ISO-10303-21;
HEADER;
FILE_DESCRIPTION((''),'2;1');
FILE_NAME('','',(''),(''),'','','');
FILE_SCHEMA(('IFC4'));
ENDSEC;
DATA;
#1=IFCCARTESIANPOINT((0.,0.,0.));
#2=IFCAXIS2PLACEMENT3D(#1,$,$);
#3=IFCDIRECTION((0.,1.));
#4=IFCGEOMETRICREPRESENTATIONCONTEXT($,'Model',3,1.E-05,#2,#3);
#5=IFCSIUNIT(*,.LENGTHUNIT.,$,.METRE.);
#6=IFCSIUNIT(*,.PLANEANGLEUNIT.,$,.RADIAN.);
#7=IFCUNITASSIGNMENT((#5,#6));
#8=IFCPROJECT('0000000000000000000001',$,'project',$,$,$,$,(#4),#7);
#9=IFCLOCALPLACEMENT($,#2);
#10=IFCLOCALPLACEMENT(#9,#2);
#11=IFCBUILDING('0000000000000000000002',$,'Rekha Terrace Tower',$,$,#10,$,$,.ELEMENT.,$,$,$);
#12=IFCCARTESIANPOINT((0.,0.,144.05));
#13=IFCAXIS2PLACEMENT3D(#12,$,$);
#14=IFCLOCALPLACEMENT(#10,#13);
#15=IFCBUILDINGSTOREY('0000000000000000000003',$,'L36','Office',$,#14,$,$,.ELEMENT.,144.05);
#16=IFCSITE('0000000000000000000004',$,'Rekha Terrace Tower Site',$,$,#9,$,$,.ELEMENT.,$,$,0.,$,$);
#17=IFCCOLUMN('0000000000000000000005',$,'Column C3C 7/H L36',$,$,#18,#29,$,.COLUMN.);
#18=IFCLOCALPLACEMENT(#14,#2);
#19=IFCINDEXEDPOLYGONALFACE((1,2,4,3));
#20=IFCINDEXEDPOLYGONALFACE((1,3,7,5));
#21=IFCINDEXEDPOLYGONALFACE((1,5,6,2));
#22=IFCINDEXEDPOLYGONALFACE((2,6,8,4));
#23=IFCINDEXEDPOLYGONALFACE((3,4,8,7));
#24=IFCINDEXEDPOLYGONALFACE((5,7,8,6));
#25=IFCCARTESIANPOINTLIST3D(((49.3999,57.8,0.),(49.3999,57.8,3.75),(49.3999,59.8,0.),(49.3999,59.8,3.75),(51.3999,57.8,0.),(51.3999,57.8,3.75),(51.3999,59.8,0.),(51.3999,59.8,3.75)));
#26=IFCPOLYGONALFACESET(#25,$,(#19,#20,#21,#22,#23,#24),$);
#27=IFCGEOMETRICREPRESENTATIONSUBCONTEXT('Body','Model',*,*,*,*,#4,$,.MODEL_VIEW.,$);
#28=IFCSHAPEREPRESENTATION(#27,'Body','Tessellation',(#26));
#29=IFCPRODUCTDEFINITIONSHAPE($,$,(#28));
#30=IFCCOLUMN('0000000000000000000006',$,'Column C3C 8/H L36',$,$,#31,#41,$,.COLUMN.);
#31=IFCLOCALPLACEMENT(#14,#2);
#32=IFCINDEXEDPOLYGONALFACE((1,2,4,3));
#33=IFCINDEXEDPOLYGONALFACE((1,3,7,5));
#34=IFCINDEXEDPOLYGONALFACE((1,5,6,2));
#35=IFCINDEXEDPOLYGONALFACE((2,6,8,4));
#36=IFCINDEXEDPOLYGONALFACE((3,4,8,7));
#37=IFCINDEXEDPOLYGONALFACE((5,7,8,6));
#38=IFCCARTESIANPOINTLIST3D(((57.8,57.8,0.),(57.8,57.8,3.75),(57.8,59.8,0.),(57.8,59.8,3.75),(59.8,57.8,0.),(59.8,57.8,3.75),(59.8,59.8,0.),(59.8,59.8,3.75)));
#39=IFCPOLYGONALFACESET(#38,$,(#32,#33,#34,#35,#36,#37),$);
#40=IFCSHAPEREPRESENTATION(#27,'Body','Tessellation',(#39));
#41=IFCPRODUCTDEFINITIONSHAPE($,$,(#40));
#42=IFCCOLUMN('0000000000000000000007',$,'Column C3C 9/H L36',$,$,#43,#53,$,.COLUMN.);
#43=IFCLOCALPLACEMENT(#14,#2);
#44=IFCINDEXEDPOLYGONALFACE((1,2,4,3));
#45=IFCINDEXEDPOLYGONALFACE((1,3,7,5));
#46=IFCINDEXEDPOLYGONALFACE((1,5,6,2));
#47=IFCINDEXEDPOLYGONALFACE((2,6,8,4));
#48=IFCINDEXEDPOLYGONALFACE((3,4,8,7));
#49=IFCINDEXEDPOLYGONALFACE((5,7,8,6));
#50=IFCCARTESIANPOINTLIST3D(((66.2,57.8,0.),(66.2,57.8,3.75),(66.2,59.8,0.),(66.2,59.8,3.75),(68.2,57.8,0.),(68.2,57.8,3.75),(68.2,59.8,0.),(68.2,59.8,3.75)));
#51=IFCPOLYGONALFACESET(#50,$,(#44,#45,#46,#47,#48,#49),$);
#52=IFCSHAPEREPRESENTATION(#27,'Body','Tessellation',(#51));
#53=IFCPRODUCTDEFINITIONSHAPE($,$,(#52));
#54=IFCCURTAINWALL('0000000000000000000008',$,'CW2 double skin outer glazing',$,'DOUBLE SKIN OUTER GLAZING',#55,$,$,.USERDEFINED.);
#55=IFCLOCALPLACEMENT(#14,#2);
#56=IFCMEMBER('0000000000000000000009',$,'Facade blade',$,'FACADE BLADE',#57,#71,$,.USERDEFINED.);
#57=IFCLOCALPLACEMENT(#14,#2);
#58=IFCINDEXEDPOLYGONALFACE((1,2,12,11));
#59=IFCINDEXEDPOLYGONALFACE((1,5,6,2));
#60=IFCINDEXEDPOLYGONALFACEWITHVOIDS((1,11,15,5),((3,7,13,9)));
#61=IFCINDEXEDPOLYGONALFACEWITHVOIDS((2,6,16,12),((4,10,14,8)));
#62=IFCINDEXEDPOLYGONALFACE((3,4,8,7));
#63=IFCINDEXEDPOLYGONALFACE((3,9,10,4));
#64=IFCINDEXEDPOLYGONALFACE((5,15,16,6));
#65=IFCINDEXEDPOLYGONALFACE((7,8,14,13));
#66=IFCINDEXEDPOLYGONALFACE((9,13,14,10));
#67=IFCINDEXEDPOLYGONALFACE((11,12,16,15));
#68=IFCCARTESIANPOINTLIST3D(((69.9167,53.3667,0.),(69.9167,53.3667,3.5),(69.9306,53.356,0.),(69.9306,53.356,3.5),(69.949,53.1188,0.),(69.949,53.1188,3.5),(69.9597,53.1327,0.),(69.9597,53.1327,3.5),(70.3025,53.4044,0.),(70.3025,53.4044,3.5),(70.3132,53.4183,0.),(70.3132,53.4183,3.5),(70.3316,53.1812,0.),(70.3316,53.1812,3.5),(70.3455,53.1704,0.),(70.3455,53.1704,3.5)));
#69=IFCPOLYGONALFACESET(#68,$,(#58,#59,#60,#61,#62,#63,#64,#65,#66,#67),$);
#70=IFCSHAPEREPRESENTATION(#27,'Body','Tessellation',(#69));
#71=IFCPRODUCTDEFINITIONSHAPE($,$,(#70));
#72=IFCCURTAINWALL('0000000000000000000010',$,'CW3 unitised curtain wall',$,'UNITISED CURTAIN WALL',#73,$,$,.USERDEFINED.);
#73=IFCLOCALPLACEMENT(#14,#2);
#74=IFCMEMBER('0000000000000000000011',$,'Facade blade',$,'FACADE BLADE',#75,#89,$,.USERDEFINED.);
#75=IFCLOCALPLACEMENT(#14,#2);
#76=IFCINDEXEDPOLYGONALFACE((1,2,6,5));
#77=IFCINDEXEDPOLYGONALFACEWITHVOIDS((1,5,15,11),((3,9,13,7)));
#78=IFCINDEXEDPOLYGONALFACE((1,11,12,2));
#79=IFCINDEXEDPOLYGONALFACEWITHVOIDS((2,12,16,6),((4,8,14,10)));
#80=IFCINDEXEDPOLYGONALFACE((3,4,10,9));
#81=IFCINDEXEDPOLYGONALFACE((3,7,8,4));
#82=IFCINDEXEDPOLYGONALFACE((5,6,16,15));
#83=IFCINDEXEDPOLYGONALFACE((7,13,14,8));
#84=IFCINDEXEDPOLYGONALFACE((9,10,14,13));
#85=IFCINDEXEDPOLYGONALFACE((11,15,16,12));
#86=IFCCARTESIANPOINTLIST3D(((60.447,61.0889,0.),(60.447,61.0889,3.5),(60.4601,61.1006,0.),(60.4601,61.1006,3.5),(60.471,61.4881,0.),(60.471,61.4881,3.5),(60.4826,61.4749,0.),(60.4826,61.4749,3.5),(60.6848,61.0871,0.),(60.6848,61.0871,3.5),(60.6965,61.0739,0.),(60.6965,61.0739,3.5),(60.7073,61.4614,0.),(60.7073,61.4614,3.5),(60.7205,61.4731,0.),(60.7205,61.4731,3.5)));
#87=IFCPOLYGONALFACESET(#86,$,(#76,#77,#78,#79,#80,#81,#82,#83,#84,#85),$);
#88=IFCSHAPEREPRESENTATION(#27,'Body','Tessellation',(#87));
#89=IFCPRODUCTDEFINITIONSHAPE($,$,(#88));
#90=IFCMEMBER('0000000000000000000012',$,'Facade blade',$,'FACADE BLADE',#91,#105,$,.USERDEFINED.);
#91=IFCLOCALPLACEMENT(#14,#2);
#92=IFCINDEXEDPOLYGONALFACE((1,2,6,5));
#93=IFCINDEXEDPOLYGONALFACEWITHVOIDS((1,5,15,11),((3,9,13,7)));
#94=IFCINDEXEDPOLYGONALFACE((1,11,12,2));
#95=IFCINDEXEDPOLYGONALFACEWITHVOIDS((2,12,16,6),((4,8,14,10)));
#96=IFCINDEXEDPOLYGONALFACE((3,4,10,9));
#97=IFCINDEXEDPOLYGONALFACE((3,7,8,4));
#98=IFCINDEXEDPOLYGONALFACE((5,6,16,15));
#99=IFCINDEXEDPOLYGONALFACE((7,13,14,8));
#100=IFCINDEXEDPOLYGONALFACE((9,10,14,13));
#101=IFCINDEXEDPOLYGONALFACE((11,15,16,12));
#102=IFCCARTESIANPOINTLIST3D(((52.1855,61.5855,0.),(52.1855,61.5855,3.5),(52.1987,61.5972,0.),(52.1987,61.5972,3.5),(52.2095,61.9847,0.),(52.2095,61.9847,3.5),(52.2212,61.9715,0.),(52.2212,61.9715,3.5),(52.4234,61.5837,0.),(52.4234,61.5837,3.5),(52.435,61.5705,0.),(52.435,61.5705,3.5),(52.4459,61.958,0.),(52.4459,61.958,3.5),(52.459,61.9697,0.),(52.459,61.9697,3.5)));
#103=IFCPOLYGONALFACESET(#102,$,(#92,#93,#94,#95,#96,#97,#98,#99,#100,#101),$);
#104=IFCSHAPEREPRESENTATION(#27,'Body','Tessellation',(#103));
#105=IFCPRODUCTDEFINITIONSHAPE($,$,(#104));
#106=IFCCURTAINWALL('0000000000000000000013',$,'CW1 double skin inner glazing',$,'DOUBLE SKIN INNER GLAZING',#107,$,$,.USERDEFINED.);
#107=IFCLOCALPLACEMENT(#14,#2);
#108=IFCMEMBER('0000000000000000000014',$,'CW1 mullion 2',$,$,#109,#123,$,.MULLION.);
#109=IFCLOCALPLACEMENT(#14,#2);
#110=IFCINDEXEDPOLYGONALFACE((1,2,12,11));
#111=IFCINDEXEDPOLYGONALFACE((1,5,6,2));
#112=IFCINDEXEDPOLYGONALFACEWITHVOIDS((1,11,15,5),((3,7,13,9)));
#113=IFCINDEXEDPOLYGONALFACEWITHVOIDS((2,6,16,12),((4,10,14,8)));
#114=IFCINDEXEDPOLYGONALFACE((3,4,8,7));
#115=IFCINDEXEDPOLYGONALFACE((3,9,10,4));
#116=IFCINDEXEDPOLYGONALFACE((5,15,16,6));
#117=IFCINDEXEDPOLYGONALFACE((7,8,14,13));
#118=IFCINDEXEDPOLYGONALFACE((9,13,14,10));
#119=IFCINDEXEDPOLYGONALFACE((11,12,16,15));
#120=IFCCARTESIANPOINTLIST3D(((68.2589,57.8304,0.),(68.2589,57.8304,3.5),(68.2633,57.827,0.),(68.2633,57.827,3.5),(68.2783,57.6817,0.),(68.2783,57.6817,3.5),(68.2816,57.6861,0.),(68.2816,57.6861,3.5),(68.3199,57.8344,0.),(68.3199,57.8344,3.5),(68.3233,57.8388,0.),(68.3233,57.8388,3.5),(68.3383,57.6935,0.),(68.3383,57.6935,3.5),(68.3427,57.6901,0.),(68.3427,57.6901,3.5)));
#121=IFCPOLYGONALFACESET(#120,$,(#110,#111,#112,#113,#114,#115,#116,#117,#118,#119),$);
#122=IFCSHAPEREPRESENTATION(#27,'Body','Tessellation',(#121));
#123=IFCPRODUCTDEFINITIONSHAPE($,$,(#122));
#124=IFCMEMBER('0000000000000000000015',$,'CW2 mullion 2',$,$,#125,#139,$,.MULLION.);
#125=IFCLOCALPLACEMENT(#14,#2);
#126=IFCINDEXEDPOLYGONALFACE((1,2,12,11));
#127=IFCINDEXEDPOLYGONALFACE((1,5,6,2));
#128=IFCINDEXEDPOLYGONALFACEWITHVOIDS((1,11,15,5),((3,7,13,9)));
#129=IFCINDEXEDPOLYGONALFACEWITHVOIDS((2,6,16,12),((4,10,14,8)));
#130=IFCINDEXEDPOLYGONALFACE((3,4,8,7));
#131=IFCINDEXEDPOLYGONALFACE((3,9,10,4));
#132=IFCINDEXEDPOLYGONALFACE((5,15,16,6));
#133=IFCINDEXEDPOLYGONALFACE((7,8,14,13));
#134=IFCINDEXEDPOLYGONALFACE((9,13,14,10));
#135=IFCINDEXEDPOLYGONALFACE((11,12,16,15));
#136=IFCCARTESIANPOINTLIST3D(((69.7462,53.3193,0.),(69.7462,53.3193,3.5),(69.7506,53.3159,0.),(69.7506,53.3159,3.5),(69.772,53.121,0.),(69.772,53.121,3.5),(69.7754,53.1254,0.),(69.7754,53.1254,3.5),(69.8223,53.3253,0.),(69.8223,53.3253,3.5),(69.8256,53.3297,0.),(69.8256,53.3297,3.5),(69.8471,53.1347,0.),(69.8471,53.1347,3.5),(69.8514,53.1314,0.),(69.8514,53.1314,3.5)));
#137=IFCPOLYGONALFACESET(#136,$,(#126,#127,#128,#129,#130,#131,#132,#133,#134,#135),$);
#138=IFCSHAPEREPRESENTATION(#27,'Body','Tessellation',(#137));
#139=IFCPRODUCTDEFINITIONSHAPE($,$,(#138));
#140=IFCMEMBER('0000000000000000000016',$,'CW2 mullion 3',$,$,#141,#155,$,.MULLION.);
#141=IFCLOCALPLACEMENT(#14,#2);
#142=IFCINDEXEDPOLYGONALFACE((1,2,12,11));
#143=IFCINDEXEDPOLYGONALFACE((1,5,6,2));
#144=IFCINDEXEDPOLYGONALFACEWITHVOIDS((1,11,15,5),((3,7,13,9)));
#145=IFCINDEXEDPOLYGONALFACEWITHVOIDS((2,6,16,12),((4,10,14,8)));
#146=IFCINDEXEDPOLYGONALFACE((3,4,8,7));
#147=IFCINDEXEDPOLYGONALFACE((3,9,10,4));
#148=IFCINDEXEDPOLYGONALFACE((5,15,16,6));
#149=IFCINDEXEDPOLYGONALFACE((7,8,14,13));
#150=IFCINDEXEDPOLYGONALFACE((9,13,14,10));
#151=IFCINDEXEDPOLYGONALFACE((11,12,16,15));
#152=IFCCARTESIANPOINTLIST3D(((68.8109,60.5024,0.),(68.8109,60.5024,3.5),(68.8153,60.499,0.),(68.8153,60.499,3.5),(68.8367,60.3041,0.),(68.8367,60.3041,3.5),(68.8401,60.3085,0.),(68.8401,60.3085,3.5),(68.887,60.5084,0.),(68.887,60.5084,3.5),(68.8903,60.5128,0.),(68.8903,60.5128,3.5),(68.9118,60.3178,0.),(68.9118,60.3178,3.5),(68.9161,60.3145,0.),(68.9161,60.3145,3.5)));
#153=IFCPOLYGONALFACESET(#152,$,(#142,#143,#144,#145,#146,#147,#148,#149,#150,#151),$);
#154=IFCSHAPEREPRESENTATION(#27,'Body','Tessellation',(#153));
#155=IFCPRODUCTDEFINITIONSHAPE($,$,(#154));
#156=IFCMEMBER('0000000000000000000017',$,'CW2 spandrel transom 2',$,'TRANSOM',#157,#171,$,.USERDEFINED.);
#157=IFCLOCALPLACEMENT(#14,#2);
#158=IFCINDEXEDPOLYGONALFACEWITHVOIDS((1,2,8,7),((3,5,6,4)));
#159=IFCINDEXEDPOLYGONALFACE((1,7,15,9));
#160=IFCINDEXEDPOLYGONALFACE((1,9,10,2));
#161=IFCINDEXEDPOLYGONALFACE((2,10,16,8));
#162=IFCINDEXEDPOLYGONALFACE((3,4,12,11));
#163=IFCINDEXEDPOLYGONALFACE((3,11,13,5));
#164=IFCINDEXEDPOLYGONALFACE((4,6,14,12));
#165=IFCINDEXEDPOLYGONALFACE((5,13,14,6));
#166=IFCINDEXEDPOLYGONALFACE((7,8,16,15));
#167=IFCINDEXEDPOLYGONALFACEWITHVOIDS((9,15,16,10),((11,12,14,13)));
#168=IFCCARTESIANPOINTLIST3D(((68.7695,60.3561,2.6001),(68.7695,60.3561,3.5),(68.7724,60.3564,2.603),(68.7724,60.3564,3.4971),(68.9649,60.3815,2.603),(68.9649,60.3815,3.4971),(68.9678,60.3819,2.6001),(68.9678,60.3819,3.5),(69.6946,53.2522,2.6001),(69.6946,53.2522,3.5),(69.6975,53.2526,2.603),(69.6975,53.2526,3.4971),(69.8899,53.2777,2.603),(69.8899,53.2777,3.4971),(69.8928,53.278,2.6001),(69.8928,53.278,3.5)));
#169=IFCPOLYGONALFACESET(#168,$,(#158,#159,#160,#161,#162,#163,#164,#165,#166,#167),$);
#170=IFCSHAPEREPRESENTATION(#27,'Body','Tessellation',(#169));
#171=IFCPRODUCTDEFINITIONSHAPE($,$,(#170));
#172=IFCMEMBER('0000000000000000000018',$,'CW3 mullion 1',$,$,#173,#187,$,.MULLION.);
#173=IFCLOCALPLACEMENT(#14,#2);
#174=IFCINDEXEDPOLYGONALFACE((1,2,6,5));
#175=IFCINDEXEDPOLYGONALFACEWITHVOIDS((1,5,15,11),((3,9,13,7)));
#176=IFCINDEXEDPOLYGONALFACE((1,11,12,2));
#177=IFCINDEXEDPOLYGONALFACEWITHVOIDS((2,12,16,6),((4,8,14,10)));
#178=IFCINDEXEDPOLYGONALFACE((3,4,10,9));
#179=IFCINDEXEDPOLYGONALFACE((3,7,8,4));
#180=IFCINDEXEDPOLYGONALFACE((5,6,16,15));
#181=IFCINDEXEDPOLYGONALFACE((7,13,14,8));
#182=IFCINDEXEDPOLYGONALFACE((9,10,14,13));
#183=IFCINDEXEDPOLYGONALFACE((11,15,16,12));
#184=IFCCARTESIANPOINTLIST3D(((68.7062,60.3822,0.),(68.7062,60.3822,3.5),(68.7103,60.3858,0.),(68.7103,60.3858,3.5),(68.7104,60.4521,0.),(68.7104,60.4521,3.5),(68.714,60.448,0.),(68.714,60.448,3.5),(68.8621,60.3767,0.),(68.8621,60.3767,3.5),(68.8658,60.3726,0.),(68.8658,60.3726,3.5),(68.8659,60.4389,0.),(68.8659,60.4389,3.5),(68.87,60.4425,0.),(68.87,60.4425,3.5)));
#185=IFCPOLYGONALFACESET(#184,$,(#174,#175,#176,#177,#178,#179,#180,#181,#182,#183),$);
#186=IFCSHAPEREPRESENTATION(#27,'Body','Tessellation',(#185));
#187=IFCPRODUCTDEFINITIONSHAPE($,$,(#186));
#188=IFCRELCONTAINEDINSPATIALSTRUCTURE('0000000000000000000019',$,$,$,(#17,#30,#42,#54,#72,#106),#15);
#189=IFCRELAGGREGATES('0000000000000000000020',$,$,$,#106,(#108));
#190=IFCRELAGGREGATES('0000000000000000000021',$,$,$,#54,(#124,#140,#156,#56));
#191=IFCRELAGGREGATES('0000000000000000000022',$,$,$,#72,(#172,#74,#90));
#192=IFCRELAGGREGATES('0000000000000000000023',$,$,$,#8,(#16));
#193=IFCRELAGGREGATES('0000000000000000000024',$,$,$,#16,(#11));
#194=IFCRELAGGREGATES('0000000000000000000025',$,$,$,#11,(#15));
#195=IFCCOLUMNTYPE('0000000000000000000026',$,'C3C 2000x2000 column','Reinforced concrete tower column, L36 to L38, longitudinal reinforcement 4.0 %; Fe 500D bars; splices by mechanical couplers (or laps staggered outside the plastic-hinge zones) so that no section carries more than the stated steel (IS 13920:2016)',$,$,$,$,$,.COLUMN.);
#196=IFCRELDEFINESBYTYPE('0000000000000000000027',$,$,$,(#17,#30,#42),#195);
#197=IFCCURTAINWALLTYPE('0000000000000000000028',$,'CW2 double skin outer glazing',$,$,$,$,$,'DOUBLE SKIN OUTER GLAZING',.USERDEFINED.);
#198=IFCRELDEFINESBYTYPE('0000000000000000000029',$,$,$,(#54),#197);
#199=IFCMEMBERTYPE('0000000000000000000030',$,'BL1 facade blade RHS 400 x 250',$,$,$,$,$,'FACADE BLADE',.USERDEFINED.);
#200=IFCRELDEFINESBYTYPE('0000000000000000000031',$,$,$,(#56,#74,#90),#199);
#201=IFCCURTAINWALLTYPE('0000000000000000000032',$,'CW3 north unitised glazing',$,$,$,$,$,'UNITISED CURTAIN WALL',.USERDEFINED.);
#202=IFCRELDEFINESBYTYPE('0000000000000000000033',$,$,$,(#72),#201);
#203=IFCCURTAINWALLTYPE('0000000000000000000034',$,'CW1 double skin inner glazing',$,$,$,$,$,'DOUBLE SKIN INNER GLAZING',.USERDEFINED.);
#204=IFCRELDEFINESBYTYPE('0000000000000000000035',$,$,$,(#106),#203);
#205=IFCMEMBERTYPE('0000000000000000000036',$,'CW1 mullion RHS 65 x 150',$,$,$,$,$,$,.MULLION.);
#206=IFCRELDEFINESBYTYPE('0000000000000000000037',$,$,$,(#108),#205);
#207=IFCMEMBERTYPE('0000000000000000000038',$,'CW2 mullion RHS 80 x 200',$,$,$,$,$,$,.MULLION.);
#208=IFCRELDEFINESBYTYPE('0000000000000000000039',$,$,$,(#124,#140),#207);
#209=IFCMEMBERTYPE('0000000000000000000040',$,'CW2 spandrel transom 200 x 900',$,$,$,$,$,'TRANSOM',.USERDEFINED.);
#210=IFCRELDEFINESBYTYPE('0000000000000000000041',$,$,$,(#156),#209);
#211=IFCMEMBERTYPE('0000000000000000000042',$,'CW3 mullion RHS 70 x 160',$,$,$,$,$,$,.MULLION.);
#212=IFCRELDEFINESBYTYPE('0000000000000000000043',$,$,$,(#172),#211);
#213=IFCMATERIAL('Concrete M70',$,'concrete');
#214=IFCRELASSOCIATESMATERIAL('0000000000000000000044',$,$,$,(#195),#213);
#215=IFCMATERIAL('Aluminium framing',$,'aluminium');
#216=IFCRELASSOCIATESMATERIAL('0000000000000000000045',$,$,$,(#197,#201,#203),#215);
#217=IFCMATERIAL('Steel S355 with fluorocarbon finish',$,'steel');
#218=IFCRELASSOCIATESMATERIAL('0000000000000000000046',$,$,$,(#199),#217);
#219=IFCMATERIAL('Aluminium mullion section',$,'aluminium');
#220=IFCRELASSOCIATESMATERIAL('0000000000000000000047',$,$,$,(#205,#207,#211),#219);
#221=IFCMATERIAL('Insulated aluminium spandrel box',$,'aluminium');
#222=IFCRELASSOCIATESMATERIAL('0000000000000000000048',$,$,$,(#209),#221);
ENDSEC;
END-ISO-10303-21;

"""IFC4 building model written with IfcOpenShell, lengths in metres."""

from ifc_helpers import new_model, si_unit, direction, frame, origin, origin_2d, place, context, subcontext, project, spatial, rectangle, hollow_rectangle, extrude, material, material_profile, profile_set, type_object, element, aggregate, save


model = new_model("IFC4")

# Units and contexts
model_context = context("Model", 3, precision=1e-05, world=origin(), true_north=direction((0.0, 1.0)))
body_context = subcontext(model_context, "Body", "Model", "MODEL_VIEW")
ifc_project = project(units=[si_unit("LENGTHUNIT", "METRE"), si_unit("PLANEANGLEUNIT", "RADIAN")], contexts=[model_context])

# Site, building, storey
site_placement = place(None, origin())
site = spatial("IfcSite", under=ifc_project, at=site_placement, Name="Rekha Terrace Tower Site", CompositionType="ELEMENT", RefElevation=0.0)
building_placement = place(site_placement, origin())
building = spatial("IfcBuilding", under=site, at=building_placement, Name="Rekha Terrace Tower", CompositionType="ELEMENT")
storey_placement = place(building_placement, frame((0.0, 0.0, 144.05)))
storey = spatial("IfcBuildingStorey", under=building, at=storey_placement, Name="L36", Description="Office", CompositionType="ELEMENT", Elevation=144.05)

# Columns
ifc_material_1 = material(Name="Concrete M70", Category="concrete")
ifc_material_profile_1 = material_profile(ifc_material_1, rectangle(XDim=2.0, YDim=2.0, at=origin_2d()), Name="RC 2000x2000")
ifc_profile_set_1 = profile_set([ifc_material_profile_1], Name="Concrete M70")
column_type = type_object("IfcColumnType", Name="C3C 2000x2000 column", Description="Reinforced concrete tower column, L36 to L38, longitudinal reinforcement 4.0 %; Fe 500D bars; splices by mechanical couplers (or laps staggered outside the plastic-hinge zones) so that no section carries more than the stated steel (IS 13920:2016)", PredefinedType="COLUMN", material=ifc_profile_set_1)
for number, where, z_axis, x_axis, name in (
    (1, (50.3999, 58.8, 0.0), (0.0, 0.0, 1.0), (1.0, 0.0, 0.0), "Column C3C 7/H L36"),
    (2, (58.8, 58.8, 0.0), (0.0, 0.0, 1.0), (1.0, 0.0, 0.0), "Column C3C 8/H L36"),
    (3, (67.2, 58.8, 0.0), (0.0, 0.0, 1.0), (1.0, 0.0, 0.0), "Column C3C 9/H L36"),
):
    element("IfcColumn", number, at=place(storey_placement, frame(where, z_axis=z_axis, x_axis=x_axis)), inside=storey, type_object=column_type, Name=name, PredefinedType="COLUMN", context=body_context, shape_type="SweptSolid", body=[
        extrude(rectangle(XDim=2.0, YDim=2.0, at=origin_2d()), origin(), (0.0, 0.0, 1.0), 3.75),
    ])

# Curtain wall, member
ifc_material_2 = material(Name="Aluminium framing", Category="aluminium")
curtain_wall_type_1 = type_object("IfcCurtainWallType", Name="CW2 double skin outer glazing", ElementType="DOUBLE SKIN OUTER GLAZING", PredefinedType="USERDEFINED", material=ifc_material_2)
curtain_wall_1_placement = place(storey_placement, origin())
curtain_wall_1 = element("IfcCurtainWall", 4, at=curtain_wall_1_placement, inside=storey, type_object=curtain_wall_type_1, Name="CW2 double skin outer glazing", ObjectType="DOUBLE SKIN OUTER GLAZING", PredefinedType="USERDEFINED")
ifc_material_3 = material(Name="Steel S355 with fluorocarbon finish", Category="steel")
ifc_material_profile_2 = material_profile(ifc_material_3, hollow_rectangle(XDim=0.25, YDim=0.3999, WallThickness=0.0125, at=origin_2d()), Name="RHS400x250x12.5")
ifc_profile_set_2 = profile_set([ifc_material_profile_2], Name="Steel S355 with fluorocarbon finish")
member_type_1 = type_object("IfcMemberType", Name="BL1 facade blade RHS 400 x 250", ElementType="FACADE BLADE", PredefinedType="USERDEFINED", material=ifc_profile_set_2)
member_1_placement = place(storey_placement, frame((70.1311, 53.2686, 0.0), z_axis=(0.0, 0.0, 1.0), x_axis=(-0.129119, 0.991629, 0.0)))
member_1 = element("IfcMember", 5, at=member_1_placement, type_object=member_type_1, Name="Facade blade", ObjectType="FACADE BLADE", PredefinedType="USERDEFINED", context=body_context, shape_type="SweptSolid", body=[
    extrude(hollow_rectangle(XDim=0.25, YDim=0.3999, WallThickness=0.0125, at=origin_2d()), origin(), (0.0, 0.0, 1.0), 3.5),
])

# Curtain wall, members
curtain_wall_type_2 = type_object("IfcCurtainWallType", Name="CW3 north unitised glazing", ElementType="UNITISED CURTAIN WALL", PredefinedType="USERDEFINED", material=ifc_material_2)
curtain_wall_2_placement = place(storey_placement, origin())
curtain_wall_2 = element("IfcCurtainWall", 6, at=curtain_wall_2_placement, inside=storey, type_object=curtain_wall_type_2, Name="CW3 unitised curtain wall", ObjectType="UNITISED CURTAIN WALL", PredefinedType="USERDEFINED")
member_2_placement = place(storey_placement, frame((60.5837, 61.281, 0.0), z_axis=(0.0, 0.0, 1.0), x_axis=(-0.998199, 0.059988, 0.0)))
member_2 = element("IfcMember", 7, at=member_2_placement, type_object=member_type_1, Name="Facade blade", ObjectType="FACADE BLADE", PredefinedType="USERDEFINED", context=body_context, shape_type="SweptSolid", body=[
    extrude(hollow_rectangle(XDim=0.25, YDim=0.3999, WallThickness=0.0125, at=origin_2d()), origin(), (0.0, 0.0, 1.0), 3.5),
])
member_3_placement = place(storey_placement, frame((52.3223, 61.7776, 0.0), z_axis=(0.0, 0.0, 1.0), x_axis=(-0.998199, 0.059988, 0.0)))
member_3 = element("IfcMember", 8, at=member_3_placement, type_object=member_type_1, Name="Facade blade", ObjectType="FACADE BLADE", PredefinedType="USERDEFINED", context=body_context, shape_type="SweptSolid", body=[
    extrude(hollow_rectangle(XDim=0.25, YDim=0.3999, WallThickness=0.0125, at=origin_2d()), origin(), (0.0, 0.0, 1.0), 3.5),
])

# Curtain wall, member
curtain_wall_type_3 = type_object("IfcCurtainWallType", Name="CW1 double skin inner glazing", ElementType="DOUBLE SKIN INNER GLAZING", PredefinedType="USERDEFINED", material=ifc_material_2)
curtain_wall_3_placement = place(storey_placement, origin())
curtain_wall_3 = element("IfcCurtainWall", 9, at=curtain_wall_3_placement, inside=storey, type_object=curtain_wall_type_3, Name="CW1 double skin inner glazing", ObjectType="DOUBLE SKIN INNER GLAZING", PredefinedType="USERDEFINED")
ifc_material_4 = material(Name="Aluminium mullion section", Category="aluminium")
ifc_material_profile_3 = material_profile(ifc_material_4, hollow_rectangle(XDim=0.0649, YDim=0.1499, WallThickness=0.0039, at=origin_2d()), Name="AL RHS 65x150")
ifc_profile_set_3 = profile_set([ifc_material_profile_3], Name="Aluminium mullion section")
member_type_2 = type_object("IfcMemberType", Name="CW1 mullion RHS 65 x 150", PredefinedType="MULLION", material=ifc_profile_set_3)
member_4_placement = place(storey_placement, frame((68.3008, 57.7603, 0.0), z_axis=(0.0, 0.0, 1.0), x_axis=(-0.991629, -0.129118, 0.0)))
member_4 = element("IfcMember", 10, at=member_4_placement, type_object=member_type_2, Name="CW1 mullion 2", PredefinedType="MULLION", context=body_context, shape_type="SweptSolid", body=[
    extrude(hollow_rectangle(XDim=0.0649, YDim=0.1499, WallThickness=0.0039, at=origin_2d()), origin(), (0.0, 0.0, 1.0), 3.5),
])

# Members
ifc_material_profile_4 = material_profile(ifc_material_4, hollow_rectangle(XDim=0.0801, YDim=0.2, WallThickness=0.0039, at=origin_2d()), Name="AL RHS 80x200")
ifc_profile_set_4 = profile_set([ifc_material_profile_4], Name="Aluminium mullion section")
member_type_3 = type_object("IfcMemberType", Name="CW2 mullion RHS 80 x 200", PredefinedType="MULLION", material=ifc_profile_set_4)
member_5_placement = place(storey_placement, frame((69.7988, 53.2253, 0.0), z_axis=(0.0, 0.0, 1.0), x_axis=(-0.991629, -0.129118, 0.0)))
member_5 = element("IfcMember", 11, at=member_5_placement, type_object=member_type_3, Name="CW2 mullion 2", PredefinedType="MULLION", context=body_context, shape_type="SweptSolid", body=[
    extrude(hollow_rectangle(XDim=0.0801, YDim=0.2, WallThickness=0.0039, at=origin_2d()), origin(), (0.0, 0.0, 1.0), 3.5),
])
member_6_placement = place(storey_placement, frame((68.8635, 60.4084, 0.0), z_axis=(0.0, 0.0, 1.0), x_axis=(-0.991629, -0.129118, 0.0)))
member_6 = element("IfcMember", 12, at=member_6_placement, type_object=member_type_3, Name="CW2 mullion 3", PredefinedType="MULLION", context=body_context, shape_type="SweptSolid", body=[
    extrude(hollow_rectangle(XDim=0.0801, YDim=0.2, WallThickness=0.0039, at=origin_2d()), origin(), (0.0, 0.0, 1.0), 3.5),
])
ifc_material_5 = material(Name="Insulated aluminium spandrel box", Category="aluminium")
ifc_material_profile_5 = material_profile(ifc_material_5, hollow_rectangle(XDim=0.2, YDim=0.8999, WallThickness=0.0029, at=origin_2d()), Name="AL SPANDREL BOX 200x900")
ifc_profile_set_5 = profile_set([ifc_material_profile_5], Name="Insulated aluminium spandrel box")
member_type_4 = type_object("IfcMemberType", Name="CW2 spandrel transom 200 x 900", ElementType="TRANSOM", PredefinedType="USERDEFINED", material=ifc_profile_set_5)
member_7_placement = place(storey_placement, frame((69.7937, 53.2651, 3.05), z_axis=(-0.129129, 0.991628, 0.0), x_axis=(-0.991628, -0.129129, 0.0)))
member_7 = element("IfcMember", 13, at=member_7_placement, type_object=member_type_4, Name="CW2 spandrel transom 2", ObjectType="TRANSOM", PredefinedType="USERDEFINED", context=body_context, shape_type="SweptSolid", body=[
    extrude(hollow_rectangle(XDim=0.2, YDim=0.8999, WallThickness=0.0029, at=origin_2d()), origin(), (0.0, 0.0, 1.0), 7.1638),
])
ifc_material_profile_6 = material_profile(ifc_material_4, hollow_rectangle(XDim=0.0701, YDim=0.1599, WallThickness=0.0039, at=origin_2d()), Name="AL RHS 70x160")
ifc_profile_set_6 = profile_set([ifc_material_profile_6], Name="Aluminium mullion section")
member_type_5 = type_object("IfcMemberType", Name="CW3 mullion RHS 70 x 160", PredefinedType="MULLION", material=ifc_profile_set_6)
member_8_placement = place(storey_placement, frame((68.7881, 60.4124, 0.0), z_axis=(0.0, 0.0, 1.0), x_axis=(-0.059988, -0.998199, 0.0)))
member_8 = element("IfcMember", 14, at=member_8_placement, type_object=member_type_5, Name="CW3 mullion 1", PredefinedType="MULLION", context=body_context, shape_type="SweptSolid", body=[
    extrude(hollow_rectangle(XDim=0.0701, YDim=0.1599, WallThickness=0.0039, at=origin_2d()), origin(), (0.0, 0.0, 1.0), 3.5),
])

aggregate(curtain_wall_3, [member_4])
aggregate(curtain_wall_1, [member_5, member_6, member_7, member_1])
aggregate(curtain_wall_2, [member_8, member_2, member_3])

save(model, "model.ifc")
